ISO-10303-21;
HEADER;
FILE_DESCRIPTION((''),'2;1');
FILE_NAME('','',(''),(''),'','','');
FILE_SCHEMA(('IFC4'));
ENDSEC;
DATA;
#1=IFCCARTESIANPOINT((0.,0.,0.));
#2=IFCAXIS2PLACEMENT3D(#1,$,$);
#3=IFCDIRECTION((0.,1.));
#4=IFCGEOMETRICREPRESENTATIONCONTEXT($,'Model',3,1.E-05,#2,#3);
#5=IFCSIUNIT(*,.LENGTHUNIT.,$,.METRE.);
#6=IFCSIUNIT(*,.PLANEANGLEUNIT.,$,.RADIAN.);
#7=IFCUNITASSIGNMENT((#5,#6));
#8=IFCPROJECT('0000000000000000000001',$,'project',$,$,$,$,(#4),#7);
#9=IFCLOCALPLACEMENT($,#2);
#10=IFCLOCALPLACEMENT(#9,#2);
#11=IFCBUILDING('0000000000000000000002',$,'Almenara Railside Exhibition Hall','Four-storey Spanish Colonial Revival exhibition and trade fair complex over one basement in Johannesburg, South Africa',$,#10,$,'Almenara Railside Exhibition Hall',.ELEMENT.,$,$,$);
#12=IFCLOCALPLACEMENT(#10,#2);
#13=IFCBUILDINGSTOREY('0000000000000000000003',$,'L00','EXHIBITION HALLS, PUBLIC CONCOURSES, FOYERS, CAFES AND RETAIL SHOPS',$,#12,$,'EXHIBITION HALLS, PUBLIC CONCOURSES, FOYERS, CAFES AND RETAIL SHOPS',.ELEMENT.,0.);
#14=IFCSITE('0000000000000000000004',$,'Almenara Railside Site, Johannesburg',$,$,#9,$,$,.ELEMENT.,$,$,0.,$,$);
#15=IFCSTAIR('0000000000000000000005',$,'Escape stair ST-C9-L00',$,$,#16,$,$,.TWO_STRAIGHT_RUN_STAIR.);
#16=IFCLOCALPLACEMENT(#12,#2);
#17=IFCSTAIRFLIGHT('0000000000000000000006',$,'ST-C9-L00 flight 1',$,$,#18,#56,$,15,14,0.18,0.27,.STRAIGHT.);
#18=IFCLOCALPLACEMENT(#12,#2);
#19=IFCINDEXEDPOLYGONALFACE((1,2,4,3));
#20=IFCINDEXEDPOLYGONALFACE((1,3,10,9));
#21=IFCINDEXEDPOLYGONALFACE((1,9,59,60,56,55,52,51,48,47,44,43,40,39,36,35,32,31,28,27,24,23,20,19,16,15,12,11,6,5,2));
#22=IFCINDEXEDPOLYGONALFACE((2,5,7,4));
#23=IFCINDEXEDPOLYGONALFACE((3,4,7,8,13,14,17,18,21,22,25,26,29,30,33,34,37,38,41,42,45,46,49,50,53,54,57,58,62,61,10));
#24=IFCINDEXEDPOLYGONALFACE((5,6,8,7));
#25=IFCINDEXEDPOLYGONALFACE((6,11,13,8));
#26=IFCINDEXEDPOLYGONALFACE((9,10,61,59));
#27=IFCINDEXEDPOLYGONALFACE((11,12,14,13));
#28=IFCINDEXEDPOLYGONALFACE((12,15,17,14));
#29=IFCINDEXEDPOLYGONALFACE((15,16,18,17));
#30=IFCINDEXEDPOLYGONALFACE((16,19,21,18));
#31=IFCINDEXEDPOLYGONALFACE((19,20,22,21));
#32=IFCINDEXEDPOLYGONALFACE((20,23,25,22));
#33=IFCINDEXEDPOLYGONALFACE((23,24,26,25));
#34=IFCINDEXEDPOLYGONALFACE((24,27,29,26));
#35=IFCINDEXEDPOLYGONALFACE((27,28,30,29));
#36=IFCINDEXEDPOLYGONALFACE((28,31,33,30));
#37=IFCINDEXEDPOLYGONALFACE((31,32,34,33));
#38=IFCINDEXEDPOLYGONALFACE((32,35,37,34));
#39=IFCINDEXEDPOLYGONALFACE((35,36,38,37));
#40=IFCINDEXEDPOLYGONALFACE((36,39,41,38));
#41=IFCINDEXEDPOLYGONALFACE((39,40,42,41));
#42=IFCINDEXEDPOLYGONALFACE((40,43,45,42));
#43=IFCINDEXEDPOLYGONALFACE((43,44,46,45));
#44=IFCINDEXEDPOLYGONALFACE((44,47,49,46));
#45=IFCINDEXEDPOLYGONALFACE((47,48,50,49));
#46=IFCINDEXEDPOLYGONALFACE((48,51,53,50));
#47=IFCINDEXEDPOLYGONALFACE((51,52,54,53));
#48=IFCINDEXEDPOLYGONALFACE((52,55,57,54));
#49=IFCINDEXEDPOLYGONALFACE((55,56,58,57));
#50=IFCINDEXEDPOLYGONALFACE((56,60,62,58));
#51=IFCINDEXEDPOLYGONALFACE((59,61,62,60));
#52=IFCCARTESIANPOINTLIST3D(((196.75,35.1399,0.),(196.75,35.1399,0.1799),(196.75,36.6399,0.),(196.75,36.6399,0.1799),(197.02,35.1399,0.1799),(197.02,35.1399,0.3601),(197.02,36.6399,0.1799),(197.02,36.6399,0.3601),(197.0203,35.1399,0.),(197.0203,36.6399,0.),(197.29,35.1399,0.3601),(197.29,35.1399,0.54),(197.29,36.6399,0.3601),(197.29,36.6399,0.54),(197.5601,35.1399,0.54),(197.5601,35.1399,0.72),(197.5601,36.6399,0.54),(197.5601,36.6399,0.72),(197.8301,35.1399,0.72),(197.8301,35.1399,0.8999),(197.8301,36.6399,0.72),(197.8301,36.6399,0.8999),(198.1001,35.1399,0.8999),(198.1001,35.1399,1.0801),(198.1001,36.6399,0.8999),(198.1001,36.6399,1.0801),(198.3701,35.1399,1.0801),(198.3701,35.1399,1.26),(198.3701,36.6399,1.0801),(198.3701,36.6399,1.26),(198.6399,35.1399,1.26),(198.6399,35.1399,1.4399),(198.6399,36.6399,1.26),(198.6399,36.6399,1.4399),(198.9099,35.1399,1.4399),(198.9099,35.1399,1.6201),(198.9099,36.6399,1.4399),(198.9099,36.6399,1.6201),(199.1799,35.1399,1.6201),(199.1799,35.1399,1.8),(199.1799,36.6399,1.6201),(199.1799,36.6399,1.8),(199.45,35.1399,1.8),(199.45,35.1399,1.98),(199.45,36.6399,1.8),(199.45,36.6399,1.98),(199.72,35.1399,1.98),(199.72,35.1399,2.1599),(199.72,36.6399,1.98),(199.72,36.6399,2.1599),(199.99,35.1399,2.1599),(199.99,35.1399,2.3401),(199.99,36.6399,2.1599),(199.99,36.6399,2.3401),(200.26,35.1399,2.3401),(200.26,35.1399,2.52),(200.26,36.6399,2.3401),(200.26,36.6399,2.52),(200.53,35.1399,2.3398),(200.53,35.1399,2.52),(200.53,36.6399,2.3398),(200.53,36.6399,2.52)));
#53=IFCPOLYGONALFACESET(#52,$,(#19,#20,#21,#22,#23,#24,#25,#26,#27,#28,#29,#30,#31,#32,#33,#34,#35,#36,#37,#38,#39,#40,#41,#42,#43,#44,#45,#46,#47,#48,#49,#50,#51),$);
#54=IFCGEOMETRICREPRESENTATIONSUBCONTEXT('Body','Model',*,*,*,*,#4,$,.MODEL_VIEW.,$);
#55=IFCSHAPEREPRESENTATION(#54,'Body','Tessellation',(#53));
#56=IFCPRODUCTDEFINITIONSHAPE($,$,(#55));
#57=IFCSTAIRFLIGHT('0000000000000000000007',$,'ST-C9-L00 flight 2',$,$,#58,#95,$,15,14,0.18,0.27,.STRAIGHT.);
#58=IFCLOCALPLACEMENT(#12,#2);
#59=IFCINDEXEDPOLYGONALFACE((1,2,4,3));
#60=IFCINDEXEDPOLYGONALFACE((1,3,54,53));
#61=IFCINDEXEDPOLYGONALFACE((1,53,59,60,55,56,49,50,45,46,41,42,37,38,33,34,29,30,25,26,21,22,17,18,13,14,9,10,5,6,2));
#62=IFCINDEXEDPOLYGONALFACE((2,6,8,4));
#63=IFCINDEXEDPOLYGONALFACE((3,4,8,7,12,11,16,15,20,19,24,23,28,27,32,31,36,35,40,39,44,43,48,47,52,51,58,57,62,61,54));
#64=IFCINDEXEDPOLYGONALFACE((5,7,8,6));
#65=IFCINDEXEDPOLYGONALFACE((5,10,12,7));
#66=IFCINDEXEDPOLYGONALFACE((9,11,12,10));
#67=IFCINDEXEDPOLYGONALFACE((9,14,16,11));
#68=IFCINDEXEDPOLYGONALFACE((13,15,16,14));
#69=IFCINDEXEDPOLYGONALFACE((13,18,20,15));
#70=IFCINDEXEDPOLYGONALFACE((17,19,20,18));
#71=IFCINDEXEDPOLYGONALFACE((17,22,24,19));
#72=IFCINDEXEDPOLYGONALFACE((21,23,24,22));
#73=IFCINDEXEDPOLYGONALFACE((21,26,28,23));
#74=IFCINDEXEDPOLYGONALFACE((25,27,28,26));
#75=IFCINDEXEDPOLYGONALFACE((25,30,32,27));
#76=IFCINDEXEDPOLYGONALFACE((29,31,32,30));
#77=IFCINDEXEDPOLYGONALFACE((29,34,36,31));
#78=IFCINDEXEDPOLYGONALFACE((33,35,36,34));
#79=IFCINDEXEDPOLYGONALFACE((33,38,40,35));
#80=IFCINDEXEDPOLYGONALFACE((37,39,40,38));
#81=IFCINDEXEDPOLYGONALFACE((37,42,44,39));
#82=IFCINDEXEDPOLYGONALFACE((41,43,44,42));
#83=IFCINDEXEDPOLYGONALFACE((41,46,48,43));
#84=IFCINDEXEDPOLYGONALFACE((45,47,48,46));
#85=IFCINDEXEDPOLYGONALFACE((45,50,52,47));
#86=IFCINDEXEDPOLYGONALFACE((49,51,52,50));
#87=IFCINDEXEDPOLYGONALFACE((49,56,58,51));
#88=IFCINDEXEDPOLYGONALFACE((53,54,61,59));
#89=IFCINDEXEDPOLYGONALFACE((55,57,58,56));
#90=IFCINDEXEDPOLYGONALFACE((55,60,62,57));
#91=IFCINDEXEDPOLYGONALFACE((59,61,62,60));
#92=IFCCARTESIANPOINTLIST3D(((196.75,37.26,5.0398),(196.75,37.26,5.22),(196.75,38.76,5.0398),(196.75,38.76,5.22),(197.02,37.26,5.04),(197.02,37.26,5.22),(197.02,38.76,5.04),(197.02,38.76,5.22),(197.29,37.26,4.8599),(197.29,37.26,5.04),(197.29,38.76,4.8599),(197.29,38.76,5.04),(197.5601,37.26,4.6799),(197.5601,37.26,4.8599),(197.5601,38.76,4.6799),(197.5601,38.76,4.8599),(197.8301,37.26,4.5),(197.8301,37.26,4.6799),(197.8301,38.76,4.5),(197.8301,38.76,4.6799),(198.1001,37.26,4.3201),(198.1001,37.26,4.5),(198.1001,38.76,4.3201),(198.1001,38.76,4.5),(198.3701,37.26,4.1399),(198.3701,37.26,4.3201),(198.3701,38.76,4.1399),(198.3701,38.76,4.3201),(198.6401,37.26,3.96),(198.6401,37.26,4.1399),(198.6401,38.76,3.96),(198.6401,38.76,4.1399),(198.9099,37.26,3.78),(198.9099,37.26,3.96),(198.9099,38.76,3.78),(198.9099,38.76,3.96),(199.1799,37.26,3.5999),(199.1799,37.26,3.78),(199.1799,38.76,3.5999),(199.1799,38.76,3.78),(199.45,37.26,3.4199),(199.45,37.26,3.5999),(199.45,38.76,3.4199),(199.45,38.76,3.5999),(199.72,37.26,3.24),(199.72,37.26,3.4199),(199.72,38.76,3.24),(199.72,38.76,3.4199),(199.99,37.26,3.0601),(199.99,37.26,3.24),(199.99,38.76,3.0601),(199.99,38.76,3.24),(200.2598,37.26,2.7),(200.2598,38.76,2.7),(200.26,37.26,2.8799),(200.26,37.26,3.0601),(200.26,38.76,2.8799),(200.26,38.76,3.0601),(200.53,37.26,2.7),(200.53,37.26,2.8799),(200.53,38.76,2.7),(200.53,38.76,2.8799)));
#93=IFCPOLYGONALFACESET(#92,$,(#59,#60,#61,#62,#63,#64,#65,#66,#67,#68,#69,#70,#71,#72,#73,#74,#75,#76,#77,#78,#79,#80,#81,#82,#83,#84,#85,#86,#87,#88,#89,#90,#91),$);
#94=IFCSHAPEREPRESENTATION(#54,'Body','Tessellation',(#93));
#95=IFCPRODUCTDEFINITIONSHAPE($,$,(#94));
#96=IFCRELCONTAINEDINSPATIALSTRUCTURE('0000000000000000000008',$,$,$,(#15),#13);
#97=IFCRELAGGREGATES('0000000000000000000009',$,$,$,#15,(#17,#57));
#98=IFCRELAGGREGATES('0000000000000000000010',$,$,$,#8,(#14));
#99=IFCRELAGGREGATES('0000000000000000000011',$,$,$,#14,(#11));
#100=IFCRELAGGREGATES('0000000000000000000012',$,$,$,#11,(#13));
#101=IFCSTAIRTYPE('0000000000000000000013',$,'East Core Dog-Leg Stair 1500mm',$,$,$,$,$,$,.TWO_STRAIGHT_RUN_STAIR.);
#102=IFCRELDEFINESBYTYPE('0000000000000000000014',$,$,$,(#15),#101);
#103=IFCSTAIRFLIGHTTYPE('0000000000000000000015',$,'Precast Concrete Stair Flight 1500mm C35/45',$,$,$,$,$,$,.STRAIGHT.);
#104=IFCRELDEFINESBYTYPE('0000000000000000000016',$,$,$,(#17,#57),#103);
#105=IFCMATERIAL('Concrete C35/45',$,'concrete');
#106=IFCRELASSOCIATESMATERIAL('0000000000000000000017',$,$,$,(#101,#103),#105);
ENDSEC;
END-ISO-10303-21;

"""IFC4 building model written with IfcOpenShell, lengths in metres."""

from ifc_helpers import new_model, si_unit, direction, frame, origin, place, context, subcontext, project, spatial, polyline, outline, extrude, material, type_object, element, aggregate, save


model = new_model("IFC4")

# Units and contexts
model_context = context("Model", 3, precision=1e-05, world=origin(), true_north=direction((0.0, 1.0)))
body_context = subcontext(model_context, "Body", "Model", "MODEL_VIEW")
ifc_project = project(units=[si_unit("LENGTHUNIT", "METRE"), si_unit("PLANEANGLEUNIT", "RADIAN")], contexts=[model_context])

# Site, building, storey
site_placement = place(None, origin())
site = spatial("IfcSite", under=ifc_project, at=site_placement, Name="Almenara Railside Site, Johannesburg", CompositionType="ELEMENT", RefElevation=0.0)
building_placement = place(site_placement, origin())
building = spatial("IfcBuilding", under=site, at=building_placement, Name="Almenara Railside Exhibition Hall", Description="Four-storey Spanish Colonial Revival exhibition and trade fair complex over one basement in Johannesburg, South Africa", LongName="Almenara Railside Exhibition Hall", CompositionType="ELEMENT")
storey_placement = place(building_placement, origin())
storey = spatial("IfcBuildingStorey", under=building, at=storey_placement, Name="L00", Description="EXHIBITION HALLS, PUBLIC CONCOURSES, FOYERS, CAFES AND RETAIL SHOPS", LongName="EXHIBITION HALLS, PUBLIC CONCOURSES, FOYERS, CAFES AND RETAIL SHOPS", CompositionType="ELEMENT", Elevation=0.0)

# Shared definitions
ifc_material_1 = material(Name="Concrete C35/45", Category="concrete")

# Stair, stair flights
stair_type = type_object("IfcStairType", Name="East Core Dog-Leg Stair 1500mm", PredefinedType="TWO_STRAIGHT_RUN_STAIR", material=ifc_material_1)
stair_placement = place(storey_placement, origin())
stair = element("IfcStair", 1, at=stair_placement, inside=storey, type_object=stair_type, Name="Escape stair ST-C9-L00", PredefinedType="TWO_STRAIGHT_RUN_STAIR")
stair_flight_type = type_object("IfcStairFlightType", Name="Precast Concrete Stair Flight 1500mm C35/45", PredefinedType="STRAIGHT", material=ifc_material_1)
stair_flight_1_placement = place(storey_placement, frame((196.75, 35.8899, 0.0), z_axis=(0.0, 0.0, 1.0), x_axis=(1.0, 0.0, 0.0)))
stair_flight_1 = element("IfcStairFlight", 2, at=stair_flight_1_placement, type_object=stair_flight_type, Name="ST-C9-L00 flight 1", NumberOfRisers=15, NumberOfTreads=14, PredefinedType="STRAIGHT", RiserHeight=0.18, TreadLength=0.27, context=body_context, shape_type="SweptSolid", body=[
    extrude(outline(polyline([(0.0, 0.0), (0.0, 0.1799), (0.27, 0.1799), (0.27, 0.3601), (0.54, 0.3601), (0.54, 0.54), (0.8101, 0.54), (0.8101, 0.72), (1.0801, 0.72), (1.0801, 0.8999), (1.3501, 0.8999), (1.3501, 1.0801), (1.6201, 1.0801), (1.6201, 1.26), (1.8899, 1.26), (1.8899, 1.4399), (2.1599, 1.4399), (2.1599, 1.6201), (2.4299, 1.6201), (2.4299, 1.8), (2.7, 1.8), (2.7, 1.98), (2.97, 1.98), (2.97, 2.1599), (3.24, 2.1599), (3.24, 2.3401), (3.51, 2.3401), (3.51, 2.52), (3.78, 2.52), (3.78, 2.7), (3.78, 2.3398), (0.2703, 0.0), (0.0, 0.0)])), frame((0.0, 0.75, 0.0), z_axis=(0.0, -1.0, 0.0), x_axis=(1.0, 0.0, 0.0)), (0.0, 0.0, 1.0), 1.5),
])
stair_flight_2_placement = place(storey_placement, frame((200.53, 38.01, 2.7), z_axis=(0.0, 0.0, 1.0), x_axis=(-1.0, 0.0, 0.0)))
stair_flight_2 = element("IfcStairFlight", 3, at=stair_flight_2_placement, type_object=stair_flight_type, Name="ST-C9-L00 flight 2", NumberOfRisers=15, NumberOfTreads=14, PredefinedType="STRAIGHT", RiserHeight=0.18, TreadLength=0.27, context=body_context, shape_type="SweptSolid", body=[
    extrude(outline(polyline([(0.0, 0.0), (0.0, 0.1799), (0.27, 0.1799), (0.27, 0.3601), (0.54, 0.3601), (0.54, 0.54), (0.8101, 0.54), (0.8101, 0.72), (1.0801, 0.72), (1.0801, 0.8999), (1.3501, 0.8999), (1.3501, 1.0801), (1.6201, 1.0801), (1.6201, 1.26), (1.8899, 1.26), (1.8899, 1.4399), (2.1599, 1.4399), (2.1599, 1.6201), (2.4299, 1.6201), (2.4299, 1.8), (2.7, 1.8), (2.7, 1.98), (2.97, 1.98), (2.97, 2.1599), (3.24, 2.1599), (3.24, 2.3401), (3.51, 2.3401), (3.51, 2.52), (3.78, 2.52), (3.78, 2.7), (3.78, 2.3398), (0.2703, 0.0), (0.0, 0.0)])), frame((0.0, 0.75, 0.0), z_axis=(0.0, -1.0, 0.0), x_axis=(1.0, 0.0, 0.0)), (0.0, 0.0, 1.0), 1.5),
])
aggregate(stair, [stair_flight_1, stair_flight_2])

save(model, "model.ifc")
